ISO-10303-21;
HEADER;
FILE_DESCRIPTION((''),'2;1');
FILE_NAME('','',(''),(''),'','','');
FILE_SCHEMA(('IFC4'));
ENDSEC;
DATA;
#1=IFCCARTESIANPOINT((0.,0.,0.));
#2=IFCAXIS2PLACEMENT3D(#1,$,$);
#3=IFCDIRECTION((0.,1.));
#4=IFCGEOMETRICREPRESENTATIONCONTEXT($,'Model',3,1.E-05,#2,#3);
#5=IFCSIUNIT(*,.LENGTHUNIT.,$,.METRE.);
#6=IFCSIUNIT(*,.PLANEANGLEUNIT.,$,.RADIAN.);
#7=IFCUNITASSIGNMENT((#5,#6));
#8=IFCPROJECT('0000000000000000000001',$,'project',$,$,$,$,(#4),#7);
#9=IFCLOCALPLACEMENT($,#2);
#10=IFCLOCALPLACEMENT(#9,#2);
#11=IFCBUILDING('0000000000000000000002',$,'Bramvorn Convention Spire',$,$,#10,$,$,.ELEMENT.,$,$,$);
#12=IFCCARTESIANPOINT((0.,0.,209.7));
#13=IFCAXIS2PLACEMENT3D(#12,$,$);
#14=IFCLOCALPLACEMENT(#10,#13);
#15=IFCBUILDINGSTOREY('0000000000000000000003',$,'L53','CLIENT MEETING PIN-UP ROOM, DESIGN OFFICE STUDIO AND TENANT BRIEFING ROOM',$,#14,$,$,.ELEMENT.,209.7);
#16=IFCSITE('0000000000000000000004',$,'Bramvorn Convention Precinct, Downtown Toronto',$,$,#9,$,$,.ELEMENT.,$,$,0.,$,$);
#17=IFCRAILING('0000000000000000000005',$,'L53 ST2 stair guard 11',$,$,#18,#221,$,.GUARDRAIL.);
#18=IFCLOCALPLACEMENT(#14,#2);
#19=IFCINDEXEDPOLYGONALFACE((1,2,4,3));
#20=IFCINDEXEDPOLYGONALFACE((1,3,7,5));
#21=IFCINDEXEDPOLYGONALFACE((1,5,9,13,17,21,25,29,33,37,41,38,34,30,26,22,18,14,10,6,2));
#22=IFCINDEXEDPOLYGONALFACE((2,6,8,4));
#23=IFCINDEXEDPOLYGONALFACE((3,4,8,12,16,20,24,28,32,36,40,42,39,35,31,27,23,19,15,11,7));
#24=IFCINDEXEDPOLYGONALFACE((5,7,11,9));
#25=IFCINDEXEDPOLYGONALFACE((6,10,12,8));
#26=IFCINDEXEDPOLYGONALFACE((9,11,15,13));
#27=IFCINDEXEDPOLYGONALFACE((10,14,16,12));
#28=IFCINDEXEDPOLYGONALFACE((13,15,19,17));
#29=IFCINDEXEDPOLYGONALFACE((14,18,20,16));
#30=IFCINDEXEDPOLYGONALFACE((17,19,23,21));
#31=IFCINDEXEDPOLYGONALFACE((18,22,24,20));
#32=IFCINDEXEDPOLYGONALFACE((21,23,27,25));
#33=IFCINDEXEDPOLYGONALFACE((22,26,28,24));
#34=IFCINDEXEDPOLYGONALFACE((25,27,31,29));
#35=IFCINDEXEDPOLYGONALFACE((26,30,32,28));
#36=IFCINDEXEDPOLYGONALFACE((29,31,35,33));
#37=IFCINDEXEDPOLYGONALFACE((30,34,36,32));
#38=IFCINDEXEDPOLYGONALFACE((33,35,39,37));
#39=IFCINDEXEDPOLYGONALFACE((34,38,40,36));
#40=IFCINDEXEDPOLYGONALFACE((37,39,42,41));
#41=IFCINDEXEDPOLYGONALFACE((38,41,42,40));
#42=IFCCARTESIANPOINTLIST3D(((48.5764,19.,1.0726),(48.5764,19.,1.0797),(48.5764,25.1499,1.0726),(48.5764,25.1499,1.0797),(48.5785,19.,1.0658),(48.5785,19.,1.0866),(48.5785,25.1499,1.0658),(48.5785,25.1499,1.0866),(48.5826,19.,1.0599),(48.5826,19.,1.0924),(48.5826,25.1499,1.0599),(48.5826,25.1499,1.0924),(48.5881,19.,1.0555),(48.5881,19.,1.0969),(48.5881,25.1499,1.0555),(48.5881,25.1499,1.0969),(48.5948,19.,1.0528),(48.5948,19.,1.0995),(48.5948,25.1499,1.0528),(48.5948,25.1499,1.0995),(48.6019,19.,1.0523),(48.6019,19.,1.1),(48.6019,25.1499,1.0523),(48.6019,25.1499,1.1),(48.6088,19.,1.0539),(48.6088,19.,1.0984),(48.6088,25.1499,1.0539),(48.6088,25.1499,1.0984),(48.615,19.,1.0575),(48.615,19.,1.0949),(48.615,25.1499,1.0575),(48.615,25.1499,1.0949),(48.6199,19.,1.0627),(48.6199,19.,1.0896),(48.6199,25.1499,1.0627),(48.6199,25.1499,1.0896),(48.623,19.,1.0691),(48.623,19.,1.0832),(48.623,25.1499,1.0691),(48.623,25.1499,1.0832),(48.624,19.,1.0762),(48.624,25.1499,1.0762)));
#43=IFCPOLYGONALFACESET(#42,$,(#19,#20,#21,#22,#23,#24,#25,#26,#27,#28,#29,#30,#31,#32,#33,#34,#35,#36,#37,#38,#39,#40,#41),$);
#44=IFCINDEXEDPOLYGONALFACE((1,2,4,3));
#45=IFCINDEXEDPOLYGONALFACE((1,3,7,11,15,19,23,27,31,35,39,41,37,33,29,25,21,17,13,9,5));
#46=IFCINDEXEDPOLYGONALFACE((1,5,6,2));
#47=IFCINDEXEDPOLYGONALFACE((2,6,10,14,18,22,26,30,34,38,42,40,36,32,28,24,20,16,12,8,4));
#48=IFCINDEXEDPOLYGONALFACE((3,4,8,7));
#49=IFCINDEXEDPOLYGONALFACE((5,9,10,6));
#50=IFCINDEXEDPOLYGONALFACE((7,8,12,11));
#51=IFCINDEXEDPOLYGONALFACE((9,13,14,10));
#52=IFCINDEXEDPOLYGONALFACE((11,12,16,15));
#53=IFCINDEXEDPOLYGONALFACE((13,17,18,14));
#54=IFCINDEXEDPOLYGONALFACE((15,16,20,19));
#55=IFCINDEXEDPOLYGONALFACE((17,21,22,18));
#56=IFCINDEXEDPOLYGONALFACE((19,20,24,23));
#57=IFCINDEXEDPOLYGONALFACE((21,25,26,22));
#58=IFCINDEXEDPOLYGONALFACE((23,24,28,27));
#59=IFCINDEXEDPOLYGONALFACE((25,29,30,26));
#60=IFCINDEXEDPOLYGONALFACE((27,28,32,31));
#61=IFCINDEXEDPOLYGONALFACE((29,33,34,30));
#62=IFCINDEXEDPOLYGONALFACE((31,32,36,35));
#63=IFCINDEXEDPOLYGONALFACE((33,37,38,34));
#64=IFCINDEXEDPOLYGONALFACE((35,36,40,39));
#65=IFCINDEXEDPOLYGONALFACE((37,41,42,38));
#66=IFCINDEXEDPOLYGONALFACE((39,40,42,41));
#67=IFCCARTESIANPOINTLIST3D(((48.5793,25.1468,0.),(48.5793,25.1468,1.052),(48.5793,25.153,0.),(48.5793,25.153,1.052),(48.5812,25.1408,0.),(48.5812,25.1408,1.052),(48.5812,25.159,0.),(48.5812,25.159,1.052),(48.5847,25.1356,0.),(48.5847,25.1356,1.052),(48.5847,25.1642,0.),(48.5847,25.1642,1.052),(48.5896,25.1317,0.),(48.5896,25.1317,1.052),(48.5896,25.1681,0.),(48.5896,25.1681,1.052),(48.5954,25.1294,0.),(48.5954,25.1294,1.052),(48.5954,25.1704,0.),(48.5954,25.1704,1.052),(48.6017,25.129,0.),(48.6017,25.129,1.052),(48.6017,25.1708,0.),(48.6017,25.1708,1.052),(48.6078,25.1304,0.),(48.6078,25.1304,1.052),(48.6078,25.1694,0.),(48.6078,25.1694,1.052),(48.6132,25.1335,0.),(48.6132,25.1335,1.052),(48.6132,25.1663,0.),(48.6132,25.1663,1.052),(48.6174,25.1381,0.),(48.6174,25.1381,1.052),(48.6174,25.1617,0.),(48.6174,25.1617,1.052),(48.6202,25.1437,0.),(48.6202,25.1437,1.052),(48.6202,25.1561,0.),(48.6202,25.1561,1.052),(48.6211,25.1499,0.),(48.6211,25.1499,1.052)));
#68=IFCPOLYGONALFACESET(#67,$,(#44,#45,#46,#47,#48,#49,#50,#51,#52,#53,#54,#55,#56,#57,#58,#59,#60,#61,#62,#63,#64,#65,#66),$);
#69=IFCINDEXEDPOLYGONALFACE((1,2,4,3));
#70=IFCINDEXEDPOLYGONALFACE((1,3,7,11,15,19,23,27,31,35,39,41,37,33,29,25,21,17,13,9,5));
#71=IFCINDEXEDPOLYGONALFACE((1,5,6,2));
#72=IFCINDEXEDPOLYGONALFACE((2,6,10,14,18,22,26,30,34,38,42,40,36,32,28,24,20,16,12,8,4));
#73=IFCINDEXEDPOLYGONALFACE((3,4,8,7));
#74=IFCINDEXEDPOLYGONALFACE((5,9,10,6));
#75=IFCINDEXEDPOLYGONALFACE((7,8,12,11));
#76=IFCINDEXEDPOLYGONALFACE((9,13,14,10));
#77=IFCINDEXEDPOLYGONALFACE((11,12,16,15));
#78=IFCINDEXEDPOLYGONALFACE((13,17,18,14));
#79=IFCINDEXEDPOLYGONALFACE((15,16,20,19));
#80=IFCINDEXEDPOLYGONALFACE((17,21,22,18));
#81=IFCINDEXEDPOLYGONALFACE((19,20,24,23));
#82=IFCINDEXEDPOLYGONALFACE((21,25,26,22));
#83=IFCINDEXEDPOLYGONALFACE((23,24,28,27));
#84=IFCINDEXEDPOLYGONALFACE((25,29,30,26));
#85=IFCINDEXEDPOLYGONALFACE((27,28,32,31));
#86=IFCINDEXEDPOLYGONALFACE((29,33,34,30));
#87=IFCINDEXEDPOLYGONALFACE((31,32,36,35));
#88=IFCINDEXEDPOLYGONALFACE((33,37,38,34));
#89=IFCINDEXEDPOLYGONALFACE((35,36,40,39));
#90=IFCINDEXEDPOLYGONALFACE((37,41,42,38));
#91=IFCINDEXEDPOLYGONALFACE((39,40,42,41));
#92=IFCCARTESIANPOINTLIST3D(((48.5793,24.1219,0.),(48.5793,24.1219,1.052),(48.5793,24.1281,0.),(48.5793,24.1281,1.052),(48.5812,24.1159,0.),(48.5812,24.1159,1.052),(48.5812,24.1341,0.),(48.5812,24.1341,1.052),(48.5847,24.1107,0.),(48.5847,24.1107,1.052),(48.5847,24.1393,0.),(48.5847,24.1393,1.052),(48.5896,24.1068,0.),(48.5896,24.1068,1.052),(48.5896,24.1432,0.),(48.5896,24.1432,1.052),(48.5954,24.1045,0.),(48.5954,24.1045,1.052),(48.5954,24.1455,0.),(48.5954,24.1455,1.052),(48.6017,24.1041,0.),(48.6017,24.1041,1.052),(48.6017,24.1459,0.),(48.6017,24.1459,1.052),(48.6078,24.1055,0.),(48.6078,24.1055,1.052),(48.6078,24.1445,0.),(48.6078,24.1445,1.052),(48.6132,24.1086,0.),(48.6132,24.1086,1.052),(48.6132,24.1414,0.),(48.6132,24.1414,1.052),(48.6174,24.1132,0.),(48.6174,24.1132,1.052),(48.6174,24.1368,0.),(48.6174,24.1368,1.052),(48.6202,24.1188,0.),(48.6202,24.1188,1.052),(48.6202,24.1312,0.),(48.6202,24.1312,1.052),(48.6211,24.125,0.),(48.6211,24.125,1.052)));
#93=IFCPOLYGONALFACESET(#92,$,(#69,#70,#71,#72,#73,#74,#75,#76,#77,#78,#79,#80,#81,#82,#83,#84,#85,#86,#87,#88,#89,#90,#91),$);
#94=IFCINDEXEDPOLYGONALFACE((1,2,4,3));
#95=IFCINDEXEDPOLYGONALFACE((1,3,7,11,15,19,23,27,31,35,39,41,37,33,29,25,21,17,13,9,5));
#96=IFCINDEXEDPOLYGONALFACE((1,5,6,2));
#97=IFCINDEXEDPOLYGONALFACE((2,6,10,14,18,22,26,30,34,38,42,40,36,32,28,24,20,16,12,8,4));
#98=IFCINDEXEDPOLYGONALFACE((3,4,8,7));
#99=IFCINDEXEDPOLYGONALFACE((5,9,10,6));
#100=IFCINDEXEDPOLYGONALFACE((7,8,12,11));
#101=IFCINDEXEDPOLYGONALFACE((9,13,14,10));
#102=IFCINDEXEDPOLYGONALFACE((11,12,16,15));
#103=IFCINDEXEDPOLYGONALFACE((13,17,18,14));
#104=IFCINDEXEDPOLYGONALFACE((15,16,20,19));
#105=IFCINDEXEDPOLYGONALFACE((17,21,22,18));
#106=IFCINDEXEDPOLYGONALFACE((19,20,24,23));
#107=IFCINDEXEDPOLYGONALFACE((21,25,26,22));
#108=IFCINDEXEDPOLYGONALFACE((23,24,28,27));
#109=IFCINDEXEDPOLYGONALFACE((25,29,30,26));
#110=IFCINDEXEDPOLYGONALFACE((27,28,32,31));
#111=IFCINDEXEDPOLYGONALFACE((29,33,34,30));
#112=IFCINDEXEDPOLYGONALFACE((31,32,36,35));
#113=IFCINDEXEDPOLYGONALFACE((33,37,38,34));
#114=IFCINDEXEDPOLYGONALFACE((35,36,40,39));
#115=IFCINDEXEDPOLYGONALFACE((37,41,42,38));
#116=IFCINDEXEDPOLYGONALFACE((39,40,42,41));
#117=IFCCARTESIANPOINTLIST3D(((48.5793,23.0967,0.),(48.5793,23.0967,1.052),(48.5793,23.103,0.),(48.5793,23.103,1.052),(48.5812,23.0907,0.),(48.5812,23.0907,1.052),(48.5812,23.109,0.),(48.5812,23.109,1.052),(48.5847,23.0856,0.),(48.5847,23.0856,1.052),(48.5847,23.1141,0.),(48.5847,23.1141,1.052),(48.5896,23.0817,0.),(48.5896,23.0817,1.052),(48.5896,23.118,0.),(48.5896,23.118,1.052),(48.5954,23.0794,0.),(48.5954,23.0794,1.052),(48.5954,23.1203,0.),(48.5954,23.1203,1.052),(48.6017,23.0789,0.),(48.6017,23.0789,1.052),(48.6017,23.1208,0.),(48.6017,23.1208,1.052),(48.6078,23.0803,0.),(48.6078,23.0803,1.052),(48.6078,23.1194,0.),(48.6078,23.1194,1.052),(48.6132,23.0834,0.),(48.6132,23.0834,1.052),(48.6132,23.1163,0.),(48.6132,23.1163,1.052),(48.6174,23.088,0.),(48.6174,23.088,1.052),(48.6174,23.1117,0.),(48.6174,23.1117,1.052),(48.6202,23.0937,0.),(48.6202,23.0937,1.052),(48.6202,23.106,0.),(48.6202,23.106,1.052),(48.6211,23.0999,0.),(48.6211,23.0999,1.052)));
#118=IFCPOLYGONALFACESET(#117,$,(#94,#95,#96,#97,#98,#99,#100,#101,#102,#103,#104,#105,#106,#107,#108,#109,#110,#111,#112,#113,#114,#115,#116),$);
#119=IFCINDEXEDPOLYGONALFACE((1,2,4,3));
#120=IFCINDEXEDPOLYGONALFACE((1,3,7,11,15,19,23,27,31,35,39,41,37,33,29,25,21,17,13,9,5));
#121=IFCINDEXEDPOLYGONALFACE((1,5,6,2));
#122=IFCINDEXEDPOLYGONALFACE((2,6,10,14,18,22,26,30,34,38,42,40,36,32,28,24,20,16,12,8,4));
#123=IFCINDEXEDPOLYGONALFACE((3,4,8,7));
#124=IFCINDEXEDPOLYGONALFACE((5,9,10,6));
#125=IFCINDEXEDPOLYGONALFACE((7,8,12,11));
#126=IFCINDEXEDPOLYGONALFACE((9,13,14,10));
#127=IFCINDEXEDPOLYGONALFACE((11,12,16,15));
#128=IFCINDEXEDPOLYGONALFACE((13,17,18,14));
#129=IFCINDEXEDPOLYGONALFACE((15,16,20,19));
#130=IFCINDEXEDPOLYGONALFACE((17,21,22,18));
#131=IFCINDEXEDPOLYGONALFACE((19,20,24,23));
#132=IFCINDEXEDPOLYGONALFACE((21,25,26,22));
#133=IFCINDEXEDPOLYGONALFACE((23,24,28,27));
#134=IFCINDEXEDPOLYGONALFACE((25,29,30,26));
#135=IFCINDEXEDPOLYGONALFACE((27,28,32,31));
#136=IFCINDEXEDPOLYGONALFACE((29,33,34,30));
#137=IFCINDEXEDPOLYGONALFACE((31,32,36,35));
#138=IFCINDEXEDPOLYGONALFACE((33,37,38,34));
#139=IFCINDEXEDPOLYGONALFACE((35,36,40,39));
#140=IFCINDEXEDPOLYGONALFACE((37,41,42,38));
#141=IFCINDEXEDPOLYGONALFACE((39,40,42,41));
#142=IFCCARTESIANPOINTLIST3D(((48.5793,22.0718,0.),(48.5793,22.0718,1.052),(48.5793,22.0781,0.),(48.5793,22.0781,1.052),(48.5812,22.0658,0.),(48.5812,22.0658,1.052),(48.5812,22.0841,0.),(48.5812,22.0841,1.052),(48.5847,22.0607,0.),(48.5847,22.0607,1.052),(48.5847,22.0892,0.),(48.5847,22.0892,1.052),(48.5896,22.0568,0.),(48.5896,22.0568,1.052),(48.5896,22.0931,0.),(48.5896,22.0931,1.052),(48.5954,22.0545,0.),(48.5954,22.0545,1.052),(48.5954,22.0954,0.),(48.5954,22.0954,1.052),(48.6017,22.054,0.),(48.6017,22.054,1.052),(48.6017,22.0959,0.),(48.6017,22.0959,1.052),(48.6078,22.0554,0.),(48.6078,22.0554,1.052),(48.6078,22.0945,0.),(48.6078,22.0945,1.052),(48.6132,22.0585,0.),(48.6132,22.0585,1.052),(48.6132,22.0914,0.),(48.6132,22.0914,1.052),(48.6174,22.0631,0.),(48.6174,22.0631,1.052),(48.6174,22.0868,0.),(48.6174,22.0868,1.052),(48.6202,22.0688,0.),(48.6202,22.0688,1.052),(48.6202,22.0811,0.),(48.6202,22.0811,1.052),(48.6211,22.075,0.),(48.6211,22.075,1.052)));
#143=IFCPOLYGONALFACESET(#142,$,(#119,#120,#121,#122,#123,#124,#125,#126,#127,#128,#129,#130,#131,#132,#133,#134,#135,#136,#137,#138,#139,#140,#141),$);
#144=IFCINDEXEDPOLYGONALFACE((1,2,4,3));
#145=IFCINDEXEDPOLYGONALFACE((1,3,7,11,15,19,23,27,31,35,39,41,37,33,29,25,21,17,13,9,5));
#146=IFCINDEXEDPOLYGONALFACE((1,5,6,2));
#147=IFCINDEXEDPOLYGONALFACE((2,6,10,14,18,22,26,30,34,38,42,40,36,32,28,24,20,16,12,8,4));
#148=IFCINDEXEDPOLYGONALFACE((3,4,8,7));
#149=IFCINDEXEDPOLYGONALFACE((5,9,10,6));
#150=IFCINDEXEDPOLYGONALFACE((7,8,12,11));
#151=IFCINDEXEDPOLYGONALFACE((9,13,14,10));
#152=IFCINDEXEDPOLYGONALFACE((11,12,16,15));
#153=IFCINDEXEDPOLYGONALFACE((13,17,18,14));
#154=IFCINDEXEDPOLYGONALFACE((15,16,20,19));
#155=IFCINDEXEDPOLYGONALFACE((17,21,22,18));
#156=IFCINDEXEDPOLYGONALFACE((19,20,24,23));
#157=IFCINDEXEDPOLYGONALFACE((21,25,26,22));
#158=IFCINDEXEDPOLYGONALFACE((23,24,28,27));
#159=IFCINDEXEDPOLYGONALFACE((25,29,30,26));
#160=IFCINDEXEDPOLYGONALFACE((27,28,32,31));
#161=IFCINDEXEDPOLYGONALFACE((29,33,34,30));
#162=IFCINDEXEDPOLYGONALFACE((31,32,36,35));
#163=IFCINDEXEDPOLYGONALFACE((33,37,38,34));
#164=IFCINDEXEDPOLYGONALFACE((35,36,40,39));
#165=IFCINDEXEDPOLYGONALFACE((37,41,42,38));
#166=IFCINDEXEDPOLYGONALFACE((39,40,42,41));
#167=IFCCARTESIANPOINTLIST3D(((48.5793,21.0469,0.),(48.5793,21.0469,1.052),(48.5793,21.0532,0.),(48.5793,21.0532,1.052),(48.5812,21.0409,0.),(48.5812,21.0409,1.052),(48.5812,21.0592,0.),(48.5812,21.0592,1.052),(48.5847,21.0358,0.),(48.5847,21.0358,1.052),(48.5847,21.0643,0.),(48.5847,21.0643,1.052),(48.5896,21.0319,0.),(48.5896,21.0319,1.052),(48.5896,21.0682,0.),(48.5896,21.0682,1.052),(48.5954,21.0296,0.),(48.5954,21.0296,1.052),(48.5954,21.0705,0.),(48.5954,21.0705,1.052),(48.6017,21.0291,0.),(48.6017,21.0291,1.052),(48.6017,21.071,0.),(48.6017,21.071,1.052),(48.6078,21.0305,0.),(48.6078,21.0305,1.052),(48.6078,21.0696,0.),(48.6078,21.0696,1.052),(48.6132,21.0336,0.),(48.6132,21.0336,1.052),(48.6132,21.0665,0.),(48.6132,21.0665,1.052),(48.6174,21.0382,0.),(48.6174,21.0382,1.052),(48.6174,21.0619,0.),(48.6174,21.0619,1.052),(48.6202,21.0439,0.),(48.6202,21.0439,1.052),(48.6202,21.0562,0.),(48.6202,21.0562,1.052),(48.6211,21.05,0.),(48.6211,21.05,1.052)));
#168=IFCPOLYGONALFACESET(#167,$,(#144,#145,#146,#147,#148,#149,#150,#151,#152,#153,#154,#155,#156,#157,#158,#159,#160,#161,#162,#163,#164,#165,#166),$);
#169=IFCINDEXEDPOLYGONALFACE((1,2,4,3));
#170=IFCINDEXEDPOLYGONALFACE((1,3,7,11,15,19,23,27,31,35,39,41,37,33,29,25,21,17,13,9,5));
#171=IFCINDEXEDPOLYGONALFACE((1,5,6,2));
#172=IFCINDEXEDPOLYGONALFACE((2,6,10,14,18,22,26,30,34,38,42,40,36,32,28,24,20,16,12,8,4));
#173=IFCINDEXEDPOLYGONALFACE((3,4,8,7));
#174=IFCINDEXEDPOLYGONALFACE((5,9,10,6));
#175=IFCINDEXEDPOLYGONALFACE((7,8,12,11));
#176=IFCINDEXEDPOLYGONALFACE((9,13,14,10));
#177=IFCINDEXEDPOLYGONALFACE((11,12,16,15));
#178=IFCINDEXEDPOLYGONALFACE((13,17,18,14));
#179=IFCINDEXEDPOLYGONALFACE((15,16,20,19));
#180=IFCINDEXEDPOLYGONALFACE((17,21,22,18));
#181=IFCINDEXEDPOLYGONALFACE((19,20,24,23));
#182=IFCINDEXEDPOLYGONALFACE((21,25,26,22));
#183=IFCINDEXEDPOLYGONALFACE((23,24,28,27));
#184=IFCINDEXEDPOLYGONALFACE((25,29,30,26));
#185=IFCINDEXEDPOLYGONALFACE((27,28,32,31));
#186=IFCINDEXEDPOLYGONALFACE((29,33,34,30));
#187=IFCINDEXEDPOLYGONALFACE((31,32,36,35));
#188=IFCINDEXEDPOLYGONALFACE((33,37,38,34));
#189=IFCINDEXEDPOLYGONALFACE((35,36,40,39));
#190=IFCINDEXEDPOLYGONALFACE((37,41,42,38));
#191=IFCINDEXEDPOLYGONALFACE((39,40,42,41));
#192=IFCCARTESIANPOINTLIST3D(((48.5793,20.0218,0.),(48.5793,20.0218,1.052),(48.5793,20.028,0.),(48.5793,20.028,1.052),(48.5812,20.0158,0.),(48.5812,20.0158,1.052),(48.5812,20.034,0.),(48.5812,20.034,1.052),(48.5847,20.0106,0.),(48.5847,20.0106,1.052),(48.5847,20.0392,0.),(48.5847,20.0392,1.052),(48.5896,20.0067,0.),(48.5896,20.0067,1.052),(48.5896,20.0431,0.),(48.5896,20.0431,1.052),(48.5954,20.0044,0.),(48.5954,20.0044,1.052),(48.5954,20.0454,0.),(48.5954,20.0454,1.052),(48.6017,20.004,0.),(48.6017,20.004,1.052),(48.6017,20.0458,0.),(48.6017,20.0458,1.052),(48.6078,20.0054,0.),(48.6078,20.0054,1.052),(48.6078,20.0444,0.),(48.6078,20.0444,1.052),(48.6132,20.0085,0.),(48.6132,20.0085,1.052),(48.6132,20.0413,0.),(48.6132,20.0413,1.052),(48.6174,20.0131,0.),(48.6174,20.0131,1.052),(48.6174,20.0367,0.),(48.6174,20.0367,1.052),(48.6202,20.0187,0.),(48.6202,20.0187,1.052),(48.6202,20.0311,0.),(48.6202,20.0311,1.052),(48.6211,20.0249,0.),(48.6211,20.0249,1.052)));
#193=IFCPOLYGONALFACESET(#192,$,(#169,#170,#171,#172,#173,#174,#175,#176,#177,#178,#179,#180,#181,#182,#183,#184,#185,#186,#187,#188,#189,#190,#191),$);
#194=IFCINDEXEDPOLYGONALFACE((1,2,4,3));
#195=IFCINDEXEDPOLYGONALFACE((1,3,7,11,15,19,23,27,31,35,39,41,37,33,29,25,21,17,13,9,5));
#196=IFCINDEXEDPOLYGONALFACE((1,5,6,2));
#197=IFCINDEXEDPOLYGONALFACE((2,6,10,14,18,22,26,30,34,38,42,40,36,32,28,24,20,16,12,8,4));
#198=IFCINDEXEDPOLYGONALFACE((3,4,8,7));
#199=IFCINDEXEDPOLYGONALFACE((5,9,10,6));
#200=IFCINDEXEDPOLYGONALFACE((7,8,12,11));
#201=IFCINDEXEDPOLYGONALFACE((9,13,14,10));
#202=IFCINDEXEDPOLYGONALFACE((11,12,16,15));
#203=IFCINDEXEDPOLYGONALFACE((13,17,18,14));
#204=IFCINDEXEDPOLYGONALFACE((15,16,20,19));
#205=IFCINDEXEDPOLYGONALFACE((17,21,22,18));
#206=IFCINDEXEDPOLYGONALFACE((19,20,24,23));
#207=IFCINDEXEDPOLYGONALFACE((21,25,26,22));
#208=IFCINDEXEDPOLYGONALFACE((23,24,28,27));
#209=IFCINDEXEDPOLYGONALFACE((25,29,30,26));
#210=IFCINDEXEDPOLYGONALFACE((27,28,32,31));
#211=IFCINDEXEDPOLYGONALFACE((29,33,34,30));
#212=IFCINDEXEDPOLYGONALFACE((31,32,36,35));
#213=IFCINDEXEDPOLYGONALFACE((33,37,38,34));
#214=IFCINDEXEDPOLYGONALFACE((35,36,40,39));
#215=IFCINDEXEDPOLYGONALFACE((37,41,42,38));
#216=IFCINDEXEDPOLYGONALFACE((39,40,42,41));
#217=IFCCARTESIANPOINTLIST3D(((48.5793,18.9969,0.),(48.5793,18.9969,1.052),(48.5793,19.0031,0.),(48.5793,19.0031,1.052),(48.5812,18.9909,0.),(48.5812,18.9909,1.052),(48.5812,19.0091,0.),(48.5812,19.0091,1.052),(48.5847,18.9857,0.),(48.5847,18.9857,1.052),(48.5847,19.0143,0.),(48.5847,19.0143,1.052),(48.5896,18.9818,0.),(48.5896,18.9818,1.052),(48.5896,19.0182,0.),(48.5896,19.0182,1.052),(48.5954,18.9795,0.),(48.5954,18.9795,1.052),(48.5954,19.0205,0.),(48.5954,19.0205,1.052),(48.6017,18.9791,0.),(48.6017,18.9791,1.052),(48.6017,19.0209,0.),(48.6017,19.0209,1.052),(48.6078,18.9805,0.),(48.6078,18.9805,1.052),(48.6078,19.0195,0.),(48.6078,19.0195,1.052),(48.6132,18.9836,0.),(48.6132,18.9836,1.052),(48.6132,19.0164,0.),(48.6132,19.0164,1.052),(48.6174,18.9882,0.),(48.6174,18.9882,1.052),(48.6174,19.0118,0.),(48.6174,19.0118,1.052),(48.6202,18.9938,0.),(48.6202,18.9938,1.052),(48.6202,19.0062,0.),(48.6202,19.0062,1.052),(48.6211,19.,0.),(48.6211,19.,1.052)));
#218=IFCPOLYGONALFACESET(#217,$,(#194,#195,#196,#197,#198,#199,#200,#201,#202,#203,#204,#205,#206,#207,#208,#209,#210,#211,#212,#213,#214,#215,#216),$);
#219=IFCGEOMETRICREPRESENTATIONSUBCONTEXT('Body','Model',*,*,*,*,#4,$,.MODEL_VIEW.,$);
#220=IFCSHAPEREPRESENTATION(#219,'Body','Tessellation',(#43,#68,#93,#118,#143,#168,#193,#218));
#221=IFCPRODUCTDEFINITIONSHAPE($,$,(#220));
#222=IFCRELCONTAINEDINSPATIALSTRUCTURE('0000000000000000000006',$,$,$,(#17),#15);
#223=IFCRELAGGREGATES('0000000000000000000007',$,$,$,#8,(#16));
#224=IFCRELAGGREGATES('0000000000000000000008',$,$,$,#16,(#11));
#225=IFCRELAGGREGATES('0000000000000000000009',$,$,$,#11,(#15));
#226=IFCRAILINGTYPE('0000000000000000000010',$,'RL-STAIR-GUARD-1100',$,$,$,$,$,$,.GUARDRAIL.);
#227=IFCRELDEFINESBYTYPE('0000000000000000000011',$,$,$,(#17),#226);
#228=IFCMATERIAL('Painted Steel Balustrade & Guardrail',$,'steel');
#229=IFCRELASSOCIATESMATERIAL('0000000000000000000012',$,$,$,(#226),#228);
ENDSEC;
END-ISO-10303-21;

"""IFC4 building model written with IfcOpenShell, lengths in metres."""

from ifc_helpers import new_model, si_unit, direction, frame, origin, origin_2d, place, context, subcontext, project, spatial, circle, extrude, material, type_object, element, save


model = new_model("IFC4")

# Units and contexts
model_context = context("Model", 3, precision=1e-05, world=origin(), true_north=direction((0.0, 1.0)))
body_context = subcontext(model_context, "Body", "Model", "MODEL_VIEW")
ifc_project = project(units=[si_unit("LENGTHUNIT", "METRE"), si_unit("PLANEANGLEUNIT", "RADIAN")], contexts=[model_context])

# Site, building, storey
site_placement = place(None, origin())
site = spatial("IfcSite", under=ifc_project, at=site_placement, Name="Bramvorn Convention Precinct, Downtown Toronto", CompositionType="ELEMENT", RefElevation=0.0)
building_placement = place(site_placement, origin())
building = spatial("IfcBuilding", under=site, at=building_placement, Name="Bramvorn Convention Spire", CompositionType="ELEMENT")
storey_placement = place(building_placement, frame((0.0, 0.0, 209.7)))
storey = spatial("IfcBuildingStorey", under=building, at=storey_placement, Name="L53", Description="CLIENT MEETING PIN-UP ROOM, DESIGN OFFICE STUDIO AND TENANT BRIEFING ROOM", CompositionType="ELEMENT", Elevation=209.7)

# Railing
ifc_material_1 = material(Name="Painted Steel Balustrade & Guardrail", Category="steel")
railing_type_1 = type_object("IfcRailingType", Name="RL-STAIR-GUARD-1100", PredefinedType="GUARDRAIL", material=ifc_material_1)
railing_1_placement = place(storey_placement, frame((48.6001, 25.1499, 0.0)))
element("IfcRailing", 1, at=railing_1_placement, inside=storey, type_object=railing_type_1, Name="L53 ST2 stair guard 11", PredefinedType="GUARDRAIL", context=body_context, shape_type="SweptSolid", body=[
    extrude(circle(Radius=0.0239, at=origin_2d()), frame((0.0, 0.0, 1.0762), z_axis=(0.0, -1.0, 0.0), x_axis=(1.0, 0.0, 0.0)), (0.0, 0.0, 1.0), 6.1499),
    extrude(circle(Radius=0.021, at=origin_2d()), origin(), (0.0, 0.0, 1.0), 1.052),
    extrude(circle(Radius=0.021, at=origin_2d()), frame((0.0, -1.0249, 0.0)), (0.0, 0.0, 1.0), 1.052),
    extrude(circle(Radius=0.021, at=origin_2d()), frame((0.0, -2.05, 0.0)), (0.0, 0.0, 1.0), 1.052),
    extrude(circle(Radius=0.021, at=origin_2d()), frame((0.0, -3.075, 0.0)), (0.0, 0.0, 1.0), 1.052),
    extrude(circle(Radius=0.021, at=origin_2d()), frame((0.0, -4.0999, 0.0)), (0.0, 0.0, 1.0), 1.052),
    extrude(circle(Radius=0.021, at=origin_2d()), frame((0.0, -5.125, 0.0)), (0.0, 0.0, 1.0), 1.052),
    extrude(circle(Radius=0.021, at=origin_2d()), frame((0.0, -6.1499, 0.0)), (0.0, 0.0, 1.0), 1.052),
])

save(model, "model.ifc")
